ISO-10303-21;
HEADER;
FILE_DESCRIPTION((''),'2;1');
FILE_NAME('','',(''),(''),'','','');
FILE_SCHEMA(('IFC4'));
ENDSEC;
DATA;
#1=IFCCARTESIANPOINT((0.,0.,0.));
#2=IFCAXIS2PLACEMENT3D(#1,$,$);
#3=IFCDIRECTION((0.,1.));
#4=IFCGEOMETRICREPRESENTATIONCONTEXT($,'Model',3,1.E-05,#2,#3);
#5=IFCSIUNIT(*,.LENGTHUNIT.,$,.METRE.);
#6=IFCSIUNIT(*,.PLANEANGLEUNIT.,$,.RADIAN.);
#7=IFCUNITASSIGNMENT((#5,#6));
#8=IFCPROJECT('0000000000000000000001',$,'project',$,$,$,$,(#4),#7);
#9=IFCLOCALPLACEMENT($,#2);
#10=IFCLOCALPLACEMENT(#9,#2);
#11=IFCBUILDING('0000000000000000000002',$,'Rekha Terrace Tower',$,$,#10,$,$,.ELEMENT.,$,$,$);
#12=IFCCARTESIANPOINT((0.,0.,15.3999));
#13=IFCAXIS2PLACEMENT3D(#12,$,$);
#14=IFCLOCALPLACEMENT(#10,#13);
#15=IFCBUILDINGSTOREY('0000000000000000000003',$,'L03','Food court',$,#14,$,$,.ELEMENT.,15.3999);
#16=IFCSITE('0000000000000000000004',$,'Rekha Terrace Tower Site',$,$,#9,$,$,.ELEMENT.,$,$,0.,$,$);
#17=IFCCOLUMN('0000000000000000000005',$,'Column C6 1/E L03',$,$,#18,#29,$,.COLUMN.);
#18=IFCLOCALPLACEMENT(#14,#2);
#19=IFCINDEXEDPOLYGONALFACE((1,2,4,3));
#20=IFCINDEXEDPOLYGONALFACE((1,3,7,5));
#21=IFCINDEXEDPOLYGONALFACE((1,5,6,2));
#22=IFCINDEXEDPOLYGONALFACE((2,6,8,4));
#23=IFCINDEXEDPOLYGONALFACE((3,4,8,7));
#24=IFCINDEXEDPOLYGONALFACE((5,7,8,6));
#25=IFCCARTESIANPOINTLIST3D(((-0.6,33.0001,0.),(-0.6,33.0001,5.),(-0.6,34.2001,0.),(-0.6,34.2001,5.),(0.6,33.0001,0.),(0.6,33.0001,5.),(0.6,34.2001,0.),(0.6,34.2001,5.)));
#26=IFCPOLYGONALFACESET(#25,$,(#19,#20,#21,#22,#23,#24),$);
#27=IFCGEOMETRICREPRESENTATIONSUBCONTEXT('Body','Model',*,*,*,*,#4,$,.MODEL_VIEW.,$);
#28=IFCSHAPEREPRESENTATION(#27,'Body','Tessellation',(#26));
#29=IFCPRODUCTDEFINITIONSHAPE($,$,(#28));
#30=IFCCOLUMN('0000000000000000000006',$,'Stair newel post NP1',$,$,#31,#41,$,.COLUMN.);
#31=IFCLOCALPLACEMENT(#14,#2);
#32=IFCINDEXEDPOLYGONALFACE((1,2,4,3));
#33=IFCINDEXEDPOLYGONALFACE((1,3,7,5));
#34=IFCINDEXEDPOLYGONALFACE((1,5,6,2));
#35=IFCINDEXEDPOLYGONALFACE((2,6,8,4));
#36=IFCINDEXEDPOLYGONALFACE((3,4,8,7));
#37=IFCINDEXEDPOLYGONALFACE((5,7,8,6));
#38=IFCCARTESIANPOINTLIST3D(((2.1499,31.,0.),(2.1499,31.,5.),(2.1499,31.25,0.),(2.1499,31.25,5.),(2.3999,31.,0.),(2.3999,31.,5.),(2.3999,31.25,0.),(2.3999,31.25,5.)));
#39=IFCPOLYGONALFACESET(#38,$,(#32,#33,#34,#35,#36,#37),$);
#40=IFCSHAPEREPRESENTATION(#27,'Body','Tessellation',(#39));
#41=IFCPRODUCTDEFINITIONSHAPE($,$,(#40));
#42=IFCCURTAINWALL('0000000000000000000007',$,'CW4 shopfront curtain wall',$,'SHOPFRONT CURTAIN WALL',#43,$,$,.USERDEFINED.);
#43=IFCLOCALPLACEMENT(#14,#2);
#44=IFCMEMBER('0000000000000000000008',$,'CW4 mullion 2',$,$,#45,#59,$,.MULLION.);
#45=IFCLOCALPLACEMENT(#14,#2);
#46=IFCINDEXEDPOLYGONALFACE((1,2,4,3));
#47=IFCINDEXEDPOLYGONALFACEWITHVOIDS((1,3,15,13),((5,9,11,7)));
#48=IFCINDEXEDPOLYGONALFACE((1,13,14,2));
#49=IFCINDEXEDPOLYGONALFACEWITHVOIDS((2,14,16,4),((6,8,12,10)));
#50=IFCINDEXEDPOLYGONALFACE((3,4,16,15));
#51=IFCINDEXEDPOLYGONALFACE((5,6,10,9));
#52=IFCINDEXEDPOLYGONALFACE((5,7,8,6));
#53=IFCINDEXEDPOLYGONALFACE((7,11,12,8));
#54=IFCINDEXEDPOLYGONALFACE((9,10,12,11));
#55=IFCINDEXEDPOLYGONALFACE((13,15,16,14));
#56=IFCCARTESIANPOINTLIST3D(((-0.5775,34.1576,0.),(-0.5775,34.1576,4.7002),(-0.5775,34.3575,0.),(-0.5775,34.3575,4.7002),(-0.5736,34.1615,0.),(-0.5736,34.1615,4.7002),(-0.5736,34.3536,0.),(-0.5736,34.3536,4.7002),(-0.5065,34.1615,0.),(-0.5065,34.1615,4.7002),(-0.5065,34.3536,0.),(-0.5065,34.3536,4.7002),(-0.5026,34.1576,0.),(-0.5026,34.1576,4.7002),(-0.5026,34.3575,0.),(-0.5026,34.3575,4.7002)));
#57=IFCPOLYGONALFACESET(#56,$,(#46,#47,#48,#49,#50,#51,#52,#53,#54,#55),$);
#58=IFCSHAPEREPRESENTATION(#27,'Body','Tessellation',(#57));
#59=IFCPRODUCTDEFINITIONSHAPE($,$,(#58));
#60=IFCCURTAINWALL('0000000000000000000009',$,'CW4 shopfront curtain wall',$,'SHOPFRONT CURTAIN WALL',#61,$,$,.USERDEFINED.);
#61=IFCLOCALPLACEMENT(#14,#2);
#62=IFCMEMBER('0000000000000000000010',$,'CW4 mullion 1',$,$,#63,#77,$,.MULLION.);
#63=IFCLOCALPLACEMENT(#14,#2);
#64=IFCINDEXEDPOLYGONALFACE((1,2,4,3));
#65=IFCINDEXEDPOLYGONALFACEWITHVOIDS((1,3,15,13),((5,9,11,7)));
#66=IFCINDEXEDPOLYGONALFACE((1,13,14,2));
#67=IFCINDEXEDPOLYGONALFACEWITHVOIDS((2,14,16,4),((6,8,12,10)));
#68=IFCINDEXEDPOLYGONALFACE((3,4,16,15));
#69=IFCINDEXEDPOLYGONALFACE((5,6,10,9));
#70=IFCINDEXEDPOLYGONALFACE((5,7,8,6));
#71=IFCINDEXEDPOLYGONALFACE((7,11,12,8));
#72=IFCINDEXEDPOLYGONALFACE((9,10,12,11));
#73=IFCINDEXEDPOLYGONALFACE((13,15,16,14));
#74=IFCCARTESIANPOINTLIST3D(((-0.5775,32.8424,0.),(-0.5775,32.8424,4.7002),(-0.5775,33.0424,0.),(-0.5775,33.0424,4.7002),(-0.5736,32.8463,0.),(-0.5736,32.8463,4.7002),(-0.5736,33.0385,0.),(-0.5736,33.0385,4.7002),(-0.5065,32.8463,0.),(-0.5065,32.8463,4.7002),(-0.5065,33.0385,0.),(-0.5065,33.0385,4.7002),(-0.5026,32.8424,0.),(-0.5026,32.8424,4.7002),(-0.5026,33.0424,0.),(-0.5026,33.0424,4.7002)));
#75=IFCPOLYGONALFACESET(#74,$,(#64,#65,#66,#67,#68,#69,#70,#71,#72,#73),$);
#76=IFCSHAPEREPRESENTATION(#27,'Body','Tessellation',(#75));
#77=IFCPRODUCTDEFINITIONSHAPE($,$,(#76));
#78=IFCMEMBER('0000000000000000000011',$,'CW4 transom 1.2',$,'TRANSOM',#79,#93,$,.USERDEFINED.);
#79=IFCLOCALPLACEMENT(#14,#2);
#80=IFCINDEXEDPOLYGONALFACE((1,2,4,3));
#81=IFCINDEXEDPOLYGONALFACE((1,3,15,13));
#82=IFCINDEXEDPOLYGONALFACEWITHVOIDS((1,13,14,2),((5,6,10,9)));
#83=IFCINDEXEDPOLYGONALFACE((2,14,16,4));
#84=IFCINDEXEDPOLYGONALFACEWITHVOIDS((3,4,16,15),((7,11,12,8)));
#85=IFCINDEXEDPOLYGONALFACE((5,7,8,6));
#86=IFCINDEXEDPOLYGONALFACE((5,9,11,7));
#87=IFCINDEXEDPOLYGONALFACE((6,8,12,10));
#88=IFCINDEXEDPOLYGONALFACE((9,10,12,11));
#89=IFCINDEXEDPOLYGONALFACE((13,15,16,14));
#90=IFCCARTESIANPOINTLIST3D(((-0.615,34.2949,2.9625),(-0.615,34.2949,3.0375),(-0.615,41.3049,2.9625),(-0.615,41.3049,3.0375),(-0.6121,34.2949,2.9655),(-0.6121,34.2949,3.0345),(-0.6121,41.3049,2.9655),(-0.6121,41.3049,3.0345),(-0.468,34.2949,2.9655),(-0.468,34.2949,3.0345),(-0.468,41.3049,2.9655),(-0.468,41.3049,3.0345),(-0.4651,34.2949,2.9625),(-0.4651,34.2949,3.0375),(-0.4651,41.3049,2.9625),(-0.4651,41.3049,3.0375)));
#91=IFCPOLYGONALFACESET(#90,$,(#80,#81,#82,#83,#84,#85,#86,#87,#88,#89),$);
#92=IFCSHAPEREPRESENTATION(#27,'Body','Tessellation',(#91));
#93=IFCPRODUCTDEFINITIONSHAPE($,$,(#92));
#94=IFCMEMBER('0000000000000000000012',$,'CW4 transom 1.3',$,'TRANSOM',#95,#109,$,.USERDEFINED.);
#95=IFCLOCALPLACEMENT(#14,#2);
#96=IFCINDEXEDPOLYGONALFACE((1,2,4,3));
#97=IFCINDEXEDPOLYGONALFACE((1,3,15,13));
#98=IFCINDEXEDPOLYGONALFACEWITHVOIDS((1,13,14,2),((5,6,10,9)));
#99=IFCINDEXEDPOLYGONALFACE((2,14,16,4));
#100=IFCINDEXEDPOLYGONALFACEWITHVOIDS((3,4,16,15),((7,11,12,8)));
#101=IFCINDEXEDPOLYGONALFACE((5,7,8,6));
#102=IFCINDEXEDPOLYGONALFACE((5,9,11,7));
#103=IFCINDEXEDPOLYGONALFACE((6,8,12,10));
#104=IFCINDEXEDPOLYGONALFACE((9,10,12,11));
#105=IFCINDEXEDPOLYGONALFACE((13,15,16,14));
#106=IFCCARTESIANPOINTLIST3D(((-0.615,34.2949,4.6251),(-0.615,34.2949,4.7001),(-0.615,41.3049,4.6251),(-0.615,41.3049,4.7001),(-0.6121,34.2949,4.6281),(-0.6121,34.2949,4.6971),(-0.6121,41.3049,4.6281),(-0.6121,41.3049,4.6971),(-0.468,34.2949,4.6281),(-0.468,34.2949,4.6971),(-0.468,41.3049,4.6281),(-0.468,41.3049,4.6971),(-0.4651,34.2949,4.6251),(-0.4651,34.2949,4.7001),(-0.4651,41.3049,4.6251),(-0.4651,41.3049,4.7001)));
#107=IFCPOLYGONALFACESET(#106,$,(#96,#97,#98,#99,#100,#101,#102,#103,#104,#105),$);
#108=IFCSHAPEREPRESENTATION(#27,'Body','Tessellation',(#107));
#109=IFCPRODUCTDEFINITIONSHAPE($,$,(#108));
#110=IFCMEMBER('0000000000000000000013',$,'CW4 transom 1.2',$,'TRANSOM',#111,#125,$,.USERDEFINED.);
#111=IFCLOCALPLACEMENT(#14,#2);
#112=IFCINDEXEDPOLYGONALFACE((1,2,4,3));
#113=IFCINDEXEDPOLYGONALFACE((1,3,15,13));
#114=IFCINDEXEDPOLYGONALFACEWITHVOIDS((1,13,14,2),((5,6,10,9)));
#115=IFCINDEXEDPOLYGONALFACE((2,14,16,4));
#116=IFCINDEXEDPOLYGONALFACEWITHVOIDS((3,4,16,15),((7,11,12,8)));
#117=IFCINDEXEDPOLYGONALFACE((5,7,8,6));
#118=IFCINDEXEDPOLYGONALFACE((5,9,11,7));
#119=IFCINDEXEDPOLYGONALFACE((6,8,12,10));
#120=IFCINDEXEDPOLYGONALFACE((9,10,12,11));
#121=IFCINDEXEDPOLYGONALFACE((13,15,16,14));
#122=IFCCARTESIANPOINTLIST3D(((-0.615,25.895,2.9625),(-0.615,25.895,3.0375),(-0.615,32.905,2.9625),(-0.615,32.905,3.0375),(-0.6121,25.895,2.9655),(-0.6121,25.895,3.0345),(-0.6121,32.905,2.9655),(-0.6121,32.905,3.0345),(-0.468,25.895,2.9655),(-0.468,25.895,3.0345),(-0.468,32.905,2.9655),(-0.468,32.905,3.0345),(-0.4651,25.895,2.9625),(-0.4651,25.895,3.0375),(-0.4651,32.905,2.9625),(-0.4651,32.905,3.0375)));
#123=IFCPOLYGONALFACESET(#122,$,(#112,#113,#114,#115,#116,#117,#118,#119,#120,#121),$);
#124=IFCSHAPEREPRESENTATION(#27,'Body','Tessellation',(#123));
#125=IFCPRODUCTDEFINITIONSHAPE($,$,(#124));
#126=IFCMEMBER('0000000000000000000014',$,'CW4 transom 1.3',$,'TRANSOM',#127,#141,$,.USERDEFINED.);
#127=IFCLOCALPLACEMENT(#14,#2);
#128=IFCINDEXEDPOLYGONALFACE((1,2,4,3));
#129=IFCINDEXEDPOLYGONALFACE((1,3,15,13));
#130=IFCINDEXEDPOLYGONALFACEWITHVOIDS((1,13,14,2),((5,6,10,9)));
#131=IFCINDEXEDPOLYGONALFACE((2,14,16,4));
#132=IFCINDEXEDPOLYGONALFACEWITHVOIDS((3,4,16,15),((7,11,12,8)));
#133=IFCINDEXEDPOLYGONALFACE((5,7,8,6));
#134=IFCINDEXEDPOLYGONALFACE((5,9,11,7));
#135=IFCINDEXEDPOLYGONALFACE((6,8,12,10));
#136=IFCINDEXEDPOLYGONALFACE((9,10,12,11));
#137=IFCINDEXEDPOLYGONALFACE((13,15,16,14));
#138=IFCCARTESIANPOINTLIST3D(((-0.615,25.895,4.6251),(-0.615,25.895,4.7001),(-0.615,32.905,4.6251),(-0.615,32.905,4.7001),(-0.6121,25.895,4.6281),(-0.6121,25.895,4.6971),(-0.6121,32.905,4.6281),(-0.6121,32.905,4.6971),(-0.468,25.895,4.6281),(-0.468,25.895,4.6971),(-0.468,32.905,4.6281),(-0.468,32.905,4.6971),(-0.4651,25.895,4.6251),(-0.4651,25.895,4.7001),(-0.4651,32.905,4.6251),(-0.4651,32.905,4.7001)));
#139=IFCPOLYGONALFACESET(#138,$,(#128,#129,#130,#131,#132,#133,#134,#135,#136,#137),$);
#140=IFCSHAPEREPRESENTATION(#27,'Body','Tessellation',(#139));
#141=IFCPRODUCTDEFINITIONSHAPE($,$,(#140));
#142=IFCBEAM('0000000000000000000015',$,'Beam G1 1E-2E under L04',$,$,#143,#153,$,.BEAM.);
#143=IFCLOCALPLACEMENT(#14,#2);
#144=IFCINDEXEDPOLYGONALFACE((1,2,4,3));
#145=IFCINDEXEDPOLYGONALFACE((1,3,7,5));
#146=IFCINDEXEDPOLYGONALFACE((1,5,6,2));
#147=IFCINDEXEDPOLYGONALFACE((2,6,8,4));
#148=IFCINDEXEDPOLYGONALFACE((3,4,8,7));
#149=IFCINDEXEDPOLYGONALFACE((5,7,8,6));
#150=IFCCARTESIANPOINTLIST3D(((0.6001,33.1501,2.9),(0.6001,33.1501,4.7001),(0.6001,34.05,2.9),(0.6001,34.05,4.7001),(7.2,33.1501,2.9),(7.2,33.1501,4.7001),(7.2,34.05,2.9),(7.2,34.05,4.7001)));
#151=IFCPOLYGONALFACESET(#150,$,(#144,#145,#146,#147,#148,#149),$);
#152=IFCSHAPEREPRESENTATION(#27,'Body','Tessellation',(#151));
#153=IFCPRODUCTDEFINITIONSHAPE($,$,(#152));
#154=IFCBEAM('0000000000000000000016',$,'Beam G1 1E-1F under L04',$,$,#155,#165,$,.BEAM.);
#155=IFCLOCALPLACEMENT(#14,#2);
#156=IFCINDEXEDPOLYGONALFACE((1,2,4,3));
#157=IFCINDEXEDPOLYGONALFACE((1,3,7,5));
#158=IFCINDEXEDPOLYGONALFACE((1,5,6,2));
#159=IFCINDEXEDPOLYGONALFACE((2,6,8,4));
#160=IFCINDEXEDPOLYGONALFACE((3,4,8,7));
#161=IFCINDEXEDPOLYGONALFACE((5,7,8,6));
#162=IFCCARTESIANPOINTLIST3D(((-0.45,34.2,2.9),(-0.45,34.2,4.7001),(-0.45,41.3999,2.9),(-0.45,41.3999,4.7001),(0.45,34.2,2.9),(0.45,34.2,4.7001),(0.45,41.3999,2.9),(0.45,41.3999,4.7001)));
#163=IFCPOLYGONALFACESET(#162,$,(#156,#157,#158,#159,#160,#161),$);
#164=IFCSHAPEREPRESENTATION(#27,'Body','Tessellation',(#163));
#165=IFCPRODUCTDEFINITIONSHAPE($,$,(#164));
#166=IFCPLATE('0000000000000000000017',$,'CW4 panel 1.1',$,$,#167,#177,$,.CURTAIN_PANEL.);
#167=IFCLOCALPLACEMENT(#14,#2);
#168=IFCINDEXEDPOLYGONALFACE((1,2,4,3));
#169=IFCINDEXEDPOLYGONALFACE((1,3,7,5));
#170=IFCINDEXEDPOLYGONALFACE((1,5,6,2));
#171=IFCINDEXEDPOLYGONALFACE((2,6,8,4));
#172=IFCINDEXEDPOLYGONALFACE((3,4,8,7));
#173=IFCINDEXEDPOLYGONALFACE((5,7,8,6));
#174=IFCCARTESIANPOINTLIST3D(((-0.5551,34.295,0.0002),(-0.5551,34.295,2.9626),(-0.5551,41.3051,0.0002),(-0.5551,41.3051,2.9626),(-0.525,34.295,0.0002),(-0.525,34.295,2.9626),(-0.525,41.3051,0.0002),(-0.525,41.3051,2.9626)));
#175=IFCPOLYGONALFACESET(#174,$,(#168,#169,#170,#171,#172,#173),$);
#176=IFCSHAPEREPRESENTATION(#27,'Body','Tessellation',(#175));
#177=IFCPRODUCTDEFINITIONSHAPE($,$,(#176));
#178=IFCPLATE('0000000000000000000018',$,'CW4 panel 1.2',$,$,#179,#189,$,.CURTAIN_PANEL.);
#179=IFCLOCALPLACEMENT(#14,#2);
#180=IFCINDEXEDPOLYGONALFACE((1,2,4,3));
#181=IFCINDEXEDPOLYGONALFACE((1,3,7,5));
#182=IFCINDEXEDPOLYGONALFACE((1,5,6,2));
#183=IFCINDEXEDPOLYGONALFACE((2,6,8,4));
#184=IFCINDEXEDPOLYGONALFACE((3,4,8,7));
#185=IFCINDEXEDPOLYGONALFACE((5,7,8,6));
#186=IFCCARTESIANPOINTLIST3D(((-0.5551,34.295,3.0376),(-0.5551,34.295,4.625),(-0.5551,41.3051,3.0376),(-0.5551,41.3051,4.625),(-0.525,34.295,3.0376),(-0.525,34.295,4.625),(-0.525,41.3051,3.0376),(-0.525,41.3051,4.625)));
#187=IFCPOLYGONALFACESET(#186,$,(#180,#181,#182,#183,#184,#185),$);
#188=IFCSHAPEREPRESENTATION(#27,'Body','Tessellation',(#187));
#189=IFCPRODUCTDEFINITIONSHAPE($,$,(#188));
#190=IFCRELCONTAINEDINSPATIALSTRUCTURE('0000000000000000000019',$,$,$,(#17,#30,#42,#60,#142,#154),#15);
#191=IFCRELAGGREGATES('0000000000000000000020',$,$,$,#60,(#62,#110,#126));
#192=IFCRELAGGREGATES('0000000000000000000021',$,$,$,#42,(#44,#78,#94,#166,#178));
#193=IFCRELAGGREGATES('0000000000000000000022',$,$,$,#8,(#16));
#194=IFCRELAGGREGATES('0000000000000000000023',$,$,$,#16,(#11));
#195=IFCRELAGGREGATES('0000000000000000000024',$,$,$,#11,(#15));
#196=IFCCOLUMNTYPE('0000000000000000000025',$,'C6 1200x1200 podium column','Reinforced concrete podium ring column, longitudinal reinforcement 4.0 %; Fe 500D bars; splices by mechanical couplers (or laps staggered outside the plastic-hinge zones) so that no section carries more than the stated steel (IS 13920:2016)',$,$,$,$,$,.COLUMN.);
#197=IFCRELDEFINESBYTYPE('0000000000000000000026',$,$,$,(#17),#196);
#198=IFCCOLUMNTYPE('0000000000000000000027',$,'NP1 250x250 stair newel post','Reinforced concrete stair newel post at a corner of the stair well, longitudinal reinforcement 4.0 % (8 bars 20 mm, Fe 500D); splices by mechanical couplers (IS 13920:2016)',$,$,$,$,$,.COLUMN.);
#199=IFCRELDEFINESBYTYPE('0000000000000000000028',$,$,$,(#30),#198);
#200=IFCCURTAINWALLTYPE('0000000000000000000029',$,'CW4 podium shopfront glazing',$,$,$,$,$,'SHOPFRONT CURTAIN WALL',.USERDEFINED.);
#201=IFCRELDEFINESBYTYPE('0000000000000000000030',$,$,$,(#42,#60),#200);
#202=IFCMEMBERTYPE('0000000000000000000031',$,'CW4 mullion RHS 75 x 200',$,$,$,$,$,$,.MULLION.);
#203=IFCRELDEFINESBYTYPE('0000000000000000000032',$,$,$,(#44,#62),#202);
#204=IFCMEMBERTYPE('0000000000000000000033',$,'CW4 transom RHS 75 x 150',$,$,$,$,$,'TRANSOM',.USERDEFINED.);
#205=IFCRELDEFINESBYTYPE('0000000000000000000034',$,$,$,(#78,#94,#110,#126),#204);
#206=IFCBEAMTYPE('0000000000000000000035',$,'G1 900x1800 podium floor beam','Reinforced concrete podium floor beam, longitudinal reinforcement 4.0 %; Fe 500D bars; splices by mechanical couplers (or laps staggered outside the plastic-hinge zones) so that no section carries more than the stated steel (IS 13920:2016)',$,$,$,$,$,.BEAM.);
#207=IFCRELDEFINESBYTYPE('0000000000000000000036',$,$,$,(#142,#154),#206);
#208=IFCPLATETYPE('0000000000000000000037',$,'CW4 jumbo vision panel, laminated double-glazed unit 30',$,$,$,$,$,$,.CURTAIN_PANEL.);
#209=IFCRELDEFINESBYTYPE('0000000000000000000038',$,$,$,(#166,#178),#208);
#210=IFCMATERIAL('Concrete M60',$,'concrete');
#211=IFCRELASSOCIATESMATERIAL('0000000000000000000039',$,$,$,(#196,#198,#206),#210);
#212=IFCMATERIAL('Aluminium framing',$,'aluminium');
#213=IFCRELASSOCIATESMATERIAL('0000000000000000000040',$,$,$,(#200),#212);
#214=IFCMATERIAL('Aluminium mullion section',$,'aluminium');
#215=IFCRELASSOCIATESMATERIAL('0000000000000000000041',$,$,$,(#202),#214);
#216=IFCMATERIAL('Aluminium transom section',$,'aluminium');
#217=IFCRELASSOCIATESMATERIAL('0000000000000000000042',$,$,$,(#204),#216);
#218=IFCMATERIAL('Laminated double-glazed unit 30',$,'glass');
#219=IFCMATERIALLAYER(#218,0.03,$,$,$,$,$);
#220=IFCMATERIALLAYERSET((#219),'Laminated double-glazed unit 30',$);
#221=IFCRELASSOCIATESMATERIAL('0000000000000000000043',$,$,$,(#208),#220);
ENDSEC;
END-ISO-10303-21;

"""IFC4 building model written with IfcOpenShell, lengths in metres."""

from ifc_helpers import new_model, si_unit, direction, frame, origin, origin_2d, place, context, subcontext, project, spatial, rectangle, hollow_rectangle, extrude, material, layer, layer_set, material_profile, profile_set, type_object, element, aggregate, save


model = new_model("IFC4")

# Units and contexts
model_context = context("Model", 3, precision=1e-05, world=origin(), true_north=direction((0.0, 1.0)))
body_context = subcontext(model_context, "Body", "Model", "MODEL_VIEW")
ifc_project = project(units=[si_unit("LENGTHUNIT", "METRE"), si_unit("PLANEANGLEUNIT", "RADIAN")], contexts=[model_context])

# Site, building, storey
site_placement = place(None, origin())
site = spatial("IfcSite", under=ifc_project, at=site_placement, Name="Rekha Terrace Tower Site", CompositionType="ELEMENT", RefElevation=0.0)
building_placement = place(site_placement, origin())
building = spatial("IfcBuilding", under=site, at=building_placement, Name="Rekha Terrace Tower", CompositionType="ELEMENT")
storey_placement = place(building_placement, frame((0.0, 0.0, 15.3999)))
storey = spatial("IfcBuildingStorey", under=building, at=storey_placement, Name="L03", Description="Food court", CompositionType="ELEMENT", Elevation=15.3999)

# Columns
ifc_material_1 = material(Name="Concrete M60", Category="concrete")
ifc_material_profile_1 = material_profile(ifc_material_1, rectangle(XDim=1.2, YDim=1.2, at=origin_2d()), Name="RC 1200x1200")
ifc_profile_set_1 = profile_set([ifc_material_profile_1], Name="Concrete M60")
column_type_1 = type_object("IfcColumnType", Name="C6 1200x1200 podium column", Description="Reinforced concrete podium ring column, longitudinal reinforcement 4.0 %; Fe 500D bars; splices by mechanical couplers (or laps staggered outside the plastic-hinge zones) so that no section carries more than the stated steel (IS 13920:2016)", PredefinedType="COLUMN", material=ifc_profile_set_1)
column_1_placement = place(storey_placement, frame((0.0, 33.6001, 0.0), z_axis=(0.0, 0.0, 1.0), x_axis=(1.0, 0.0, 0.0)))
element("IfcColumn", 1, at=column_1_placement, inside=storey, type_object=column_type_1, Name="Column C6 1/E L03", PredefinedType="COLUMN", context=body_context, shape_type="SweptSolid", body=[
    extrude(rectangle(XDim=1.2, YDim=1.2, at=origin_2d()), origin(), (0.0, 0.0, 1.0), 5.0),
])
ifc_material_profile_2 = material_profile(ifc_material_1, rectangle(XDim=0.25, YDim=0.25, at=origin_2d()), Name="RC 250x250")
ifc_profile_set_2 = profile_set([ifc_material_profile_2], Name="Concrete M60")
column_type_2 = type_object("IfcColumnType", Name="NP1 250x250 stair newel post", Description="Reinforced concrete stair newel post at a corner of the stair well, longitudinal reinforcement 4.0 % (8 bars 20 mm, Fe 500D); splices by mechanical couplers (IS 13920:2016)", PredefinedType="COLUMN", material=ifc_profile_set_2)
column_2_placement = place(storey_placement, frame((2.2749, 31.125, 0.0), z_axis=(0.0, 0.0, 1.0), x_axis=(1.0, 0.0, 0.0)))
element("IfcColumn", 2, at=column_2_placement, inside=storey, type_object=column_type_2, Name="Stair newel post NP1", PredefinedType="COLUMN", context=body_context, shape_type="SweptSolid", body=[
    extrude(rectangle(XDim=0.25, YDim=0.25, at=origin_2d()), origin(), (0.0, 0.0, 1.0), 5.0),
])

# Curtain walls, members
ifc_material_2 = material(Name="Aluminium framing", Category="aluminium")
curtain_wall_type = type_object("IfcCurtainWallType", Name="CW4 podium shopfront glazing", ElementType="SHOPFRONT CURTAIN WALL", PredefinedType="USERDEFINED", material=ifc_material_2)
curtain_wall_1_placement = place(storey_placement, origin())
curtain_wall_1 = element("IfcCurtainWall", 3, at=curtain_wall_1_placement, inside=storey, type_object=curtain_wall_type, Name="CW4 shopfront curtain wall", ObjectType="SHOPFRONT CURTAIN WALL", PredefinedType="USERDEFINED")
ifc_material_3 = material(Name="Aluminium mullion section", Category="aluminium")
ifc_material_profile_3 = material_profile(ifc_material_3, hollow_rectangle(XDim=0.075, YDim=0.2, WallThickness=0.0039, at=origin_2d()), Name="AL RHS 75x200")
ifc_profile_set_3 = profile_set([ifc_material_profile_3], Name="Aluminium mullion section")
member_type_1 = type_object("IfcMemberType", Name="CW4 mullion RHS 75 x 200", PredefinedType="MULLION", material=ifc_profile_set_3)
member_1_placement = place(storey_placement, frame((-0.54, 34.2576, 0.0), z_axis=(0.0, 0.0, 1.0), x_axis=(1.0, 0.0, 0.0)))
member_1 = element("IfcMember", 4, at=member_1_placement, type_object=member_type_1, Name="CW4 mullion 2", PredefinedType="MULLION", context=body_context, shape_type="SweptSolid", body=[
    extrude(hollow_rectangle(XDim=0.075, YDim=0.2, WallThickness=0.0039, at=origin_2d()), origin(), (0.0, 0.0, 1.0), 4.7002),
])
curtain_wall_2_placement = place(storey_placement, origin())
curtain_wall_2 = element("IfcCurtainWall", 5, at=curtain_wall_2_placement, inside=storey, type_object=curtain_wall_type, Name="CW4 shopfront curtain wall", ObjectType="SHOPFRONT CURTAIN WALL", PredefinedType="USERDEFINED")
member_2_placement = place(storey_placement, frame((-0.54, 32.9424, 0.0), z_axis=(0.0, 0.0, 1.0), x_axis=(1.0, 0.0, 0.0)))
member_2 = element("IfcMember", 6, at=member_2_placement, type_object=member_type_1, Name="CW4 mullion 1", PredefinedType="MULLION", context=body_context, shape_type="SweptSolid", body=[
    extrude(hollow_rectangle(XDim=0.075, YDim=0.2, WallThickness=0.0039, at=origin_2d()), origin(), (0.0, 0.0, 1.0), 4.7002),
])

# Members
ifc_material_4 = material(Name="Aluminium transom section", Category="aluminium")
ifc_material_profile_4 = material_profile(ifc_material_4, hollow_rectangle(XDim=0.1499, YDim=0.075, WallThickness=0.0029, at=origin_2d()), Name="AL RHS 150x75")
ifc_profile_set_4 = profile_set([ifc_material_profile_4], Name="Aluminium transom section")
member_type_2 = type_object("IfcMemberType", Name="CW4 transom RHS 75 x 150", ElementType="TRANSOM", PredefinedType="USERDEFINED", material=ifc_profile_set_4)
member_3_placement = place(storey_placement, frame((-0.54, 41.3049, 3.0), z_axis=(0.0, -1.0, 0.0), x_axis=(1.0, 0.0, 0.0)))
member_3 = element("IfcMember", 7, at=member_3_placement, type_object=member_type_2, Name="CW4 transom 1.2", ObjectType="TRANSOM", PredefinedType="USERDEFINED", context=body_context, shape_type="SweptSolid", body=[
    extrude(hollow_rectangle(XDim=0.1499, YDim=0.075, WallThickness=0.0029, at=origin_2d()), origin(), (0.0, 0.0, 1.0), 7.01),
])
member_4_placement = place(storey_placement, frame((-0.54, 41.3049, 4.6626), z_axis=(0.0, -1.0, 0.0), x_axis=(1.0, 0.0, 0.0)))
member_4 = element("IfcMember", 8, at=member_4_placement, type_object=member_type_2, Name="CW4 transom 1.3", ObjectType="TRANSOM", PredefinedType="USERDEFINED", context=body_context, shape_type="SweptSolid", body=[
    extrude(hollow_rectangle(XDim=0.1499, YDim=0.075, WallThickness=0.0029, at=origin_2d()), origin(), (0.0, 0.0, 1.0), 7.01),
])
member_5_placement = place(storey_placement, frame((-0.54, 32.905, 3.0), z_axis=(0.0, -1.0, 0.0), x_axis=(1.0, 0.0, 0.0)))
member_5 = element("IfcMember", 9, at=member_5_placement, type_object=member_type_2, Name="CW4 transom 1.2", ObjectType="TRANSOM", PredefinedType="USERDEFINED", context=body_context, shape_type="SweptSolid", body=[
    extrude(hollow_rectangle(XDim=0.1499, YDim=0.075, WallThickness=0.0029, at=origin_2d()), origin(), (0.0, 0.0, 1.0), 7.01),
])
member_6_placement = place(storey_placement, frame((-0.54, 32.905, 4.6626), z_axis=(0.0, -1.0, 0.0), x_axis=(1.0, 0.0, 0.0)))
member_6 = element("IfcMember", 10, at=member_6_placement, type_object=member_type_2, Name="CW4 transom 1.3", ObjectType="TRANSOM", PredefinedType="USERDEFINED", context=body_context, shape_type="SweptSolid", body=[
    extrude(hollow_rectangle(XDim=0.1499, YDim=0.075, WallThickness=0.0029, at=origin_2d()), origin(), (0.0, 0.0, 1.0), 7.01),
])
aggregate(curtain_wall_2, [member_2, member_5, member_6])

# Beams
ifc_material_profile_5 = material_profile(ifc_material_1, rectangle(XDim=0.8999, YDim=1.8, at=origin_2d()), Name="RC 900x1800")
ifc_profile_set_5 = profile_set([ifc_material_profile_5], Name="Concrete M60")
beam_type = type_object("IfcBeamType", Name="G1 900x1800 podium floor beam", Description="Reinforced concrete podium floor beam, longitudinal reinforcement 4.0 %; Fe 500D bars; splices by mechanical couplers (or laps staggered outside the plastic-hinge zones) so that no section carries more than the stated steel (IS 13920:2016)", PredefinedType="BEAM", material=ifc_profile_set_5)
beam_1_placement = place(storey_placement, frame((0.6001, 33.6001, 3.8), z_axis=(1.0, 0.0, 0.0), x_axis=(0.0, 1.0, 0.0)))
element("IfcBeam", 11, at=beam_1_placement, inside=storey, type_object=beam_type, Name="Beam G1 1E-2E under L04", PredefinedType="BEAM", context=body_context, shape_type="SweptSolid", body=[
    extrude(rectangle(XDim=0.8999, YDim=1.8, at=origin_2d()), origin(), (0.0, 0.0, 1.0), 6.5999),
])
beam_2_placement = place(storey_placement, frame((0.0, 34.2, 3.8), z_axis=(0.0, 1.0, 0.0), x_axis=(-1.0, 0.0, 0.0)))
element("IfcBeam", 12, at=beam_2_placement, inside=storey, type_object=beam_type, Name="Beam G1 1E-1F under L04", PredefinedType="BEAM", context=body_context, shape_type="SweptSolid", body=[
    extrude(rectangle(XDim=0.8999, YDim=1.8, at=origin_2d()), origin(), (0.0, 0.0, 1.0), 7.2),
])

# Plates
ifc_material_5 = material(Name="Laminated double-glazed unit 30", Category="glass")
ifc_layer_1 = layer(ifc_material_5, 0.03)
ifc_layer_set_1 = layer_set([ifc_layer_1], Name="Laminated double-glazed unit 30")
plate_type = type_object("IfcPlateType", Name="CW4 jumbo vision panel, laminated double-glazed unit 30", PredefinedType="CURTAIN_PANEL", material=ifc_layer_set_1)
plate_1_placement = place(storey_placement, frame((-0.54, 37.8, 0.0002), z_axis=(0.0, 0.0, 1.0), x_axis=(0.0, -1.0, 0.0)))
plate_1 = element("IfcPlate", 13, at=plate_1_placement, type_object=plate_type, Name="CW4 panel 1.1", PredefinedType="CURTAIN_PANEL", context=body_context, shape_type="SweptSolid", body=[
    extrude(rectangle(XDim=7.01, YDim=0.03, at=origin_2d()), origin(), (0.0, 0.0, 1.0), 2.9624),
])
plate_2_placement = place(storey_placement, frame((-0.54, 37.8, 3.0376), z_axis=(0.0, 0.0, 1.0), x_axis=(0.0, -1.0, 0.0)))
plate_2 = element("IfcPlate", 14, at=plate_2_placement, type_object=plate_type, Name="CW4 panel 1.2", PredefinedType="CURTAIN_PANEL", context=body_context, shape_type="SweptSolid", body=[
    extrude(rectangle(XDim=7.01, YDim=0.03, at=origin_2d()), origin(), (0.0, 0.0, 1.0), 1.5874),
])
aggregate(curtain_wall_1, [member_1, member_3, member_4, plate_1, plate_2])

save(model, "model.ifc")
